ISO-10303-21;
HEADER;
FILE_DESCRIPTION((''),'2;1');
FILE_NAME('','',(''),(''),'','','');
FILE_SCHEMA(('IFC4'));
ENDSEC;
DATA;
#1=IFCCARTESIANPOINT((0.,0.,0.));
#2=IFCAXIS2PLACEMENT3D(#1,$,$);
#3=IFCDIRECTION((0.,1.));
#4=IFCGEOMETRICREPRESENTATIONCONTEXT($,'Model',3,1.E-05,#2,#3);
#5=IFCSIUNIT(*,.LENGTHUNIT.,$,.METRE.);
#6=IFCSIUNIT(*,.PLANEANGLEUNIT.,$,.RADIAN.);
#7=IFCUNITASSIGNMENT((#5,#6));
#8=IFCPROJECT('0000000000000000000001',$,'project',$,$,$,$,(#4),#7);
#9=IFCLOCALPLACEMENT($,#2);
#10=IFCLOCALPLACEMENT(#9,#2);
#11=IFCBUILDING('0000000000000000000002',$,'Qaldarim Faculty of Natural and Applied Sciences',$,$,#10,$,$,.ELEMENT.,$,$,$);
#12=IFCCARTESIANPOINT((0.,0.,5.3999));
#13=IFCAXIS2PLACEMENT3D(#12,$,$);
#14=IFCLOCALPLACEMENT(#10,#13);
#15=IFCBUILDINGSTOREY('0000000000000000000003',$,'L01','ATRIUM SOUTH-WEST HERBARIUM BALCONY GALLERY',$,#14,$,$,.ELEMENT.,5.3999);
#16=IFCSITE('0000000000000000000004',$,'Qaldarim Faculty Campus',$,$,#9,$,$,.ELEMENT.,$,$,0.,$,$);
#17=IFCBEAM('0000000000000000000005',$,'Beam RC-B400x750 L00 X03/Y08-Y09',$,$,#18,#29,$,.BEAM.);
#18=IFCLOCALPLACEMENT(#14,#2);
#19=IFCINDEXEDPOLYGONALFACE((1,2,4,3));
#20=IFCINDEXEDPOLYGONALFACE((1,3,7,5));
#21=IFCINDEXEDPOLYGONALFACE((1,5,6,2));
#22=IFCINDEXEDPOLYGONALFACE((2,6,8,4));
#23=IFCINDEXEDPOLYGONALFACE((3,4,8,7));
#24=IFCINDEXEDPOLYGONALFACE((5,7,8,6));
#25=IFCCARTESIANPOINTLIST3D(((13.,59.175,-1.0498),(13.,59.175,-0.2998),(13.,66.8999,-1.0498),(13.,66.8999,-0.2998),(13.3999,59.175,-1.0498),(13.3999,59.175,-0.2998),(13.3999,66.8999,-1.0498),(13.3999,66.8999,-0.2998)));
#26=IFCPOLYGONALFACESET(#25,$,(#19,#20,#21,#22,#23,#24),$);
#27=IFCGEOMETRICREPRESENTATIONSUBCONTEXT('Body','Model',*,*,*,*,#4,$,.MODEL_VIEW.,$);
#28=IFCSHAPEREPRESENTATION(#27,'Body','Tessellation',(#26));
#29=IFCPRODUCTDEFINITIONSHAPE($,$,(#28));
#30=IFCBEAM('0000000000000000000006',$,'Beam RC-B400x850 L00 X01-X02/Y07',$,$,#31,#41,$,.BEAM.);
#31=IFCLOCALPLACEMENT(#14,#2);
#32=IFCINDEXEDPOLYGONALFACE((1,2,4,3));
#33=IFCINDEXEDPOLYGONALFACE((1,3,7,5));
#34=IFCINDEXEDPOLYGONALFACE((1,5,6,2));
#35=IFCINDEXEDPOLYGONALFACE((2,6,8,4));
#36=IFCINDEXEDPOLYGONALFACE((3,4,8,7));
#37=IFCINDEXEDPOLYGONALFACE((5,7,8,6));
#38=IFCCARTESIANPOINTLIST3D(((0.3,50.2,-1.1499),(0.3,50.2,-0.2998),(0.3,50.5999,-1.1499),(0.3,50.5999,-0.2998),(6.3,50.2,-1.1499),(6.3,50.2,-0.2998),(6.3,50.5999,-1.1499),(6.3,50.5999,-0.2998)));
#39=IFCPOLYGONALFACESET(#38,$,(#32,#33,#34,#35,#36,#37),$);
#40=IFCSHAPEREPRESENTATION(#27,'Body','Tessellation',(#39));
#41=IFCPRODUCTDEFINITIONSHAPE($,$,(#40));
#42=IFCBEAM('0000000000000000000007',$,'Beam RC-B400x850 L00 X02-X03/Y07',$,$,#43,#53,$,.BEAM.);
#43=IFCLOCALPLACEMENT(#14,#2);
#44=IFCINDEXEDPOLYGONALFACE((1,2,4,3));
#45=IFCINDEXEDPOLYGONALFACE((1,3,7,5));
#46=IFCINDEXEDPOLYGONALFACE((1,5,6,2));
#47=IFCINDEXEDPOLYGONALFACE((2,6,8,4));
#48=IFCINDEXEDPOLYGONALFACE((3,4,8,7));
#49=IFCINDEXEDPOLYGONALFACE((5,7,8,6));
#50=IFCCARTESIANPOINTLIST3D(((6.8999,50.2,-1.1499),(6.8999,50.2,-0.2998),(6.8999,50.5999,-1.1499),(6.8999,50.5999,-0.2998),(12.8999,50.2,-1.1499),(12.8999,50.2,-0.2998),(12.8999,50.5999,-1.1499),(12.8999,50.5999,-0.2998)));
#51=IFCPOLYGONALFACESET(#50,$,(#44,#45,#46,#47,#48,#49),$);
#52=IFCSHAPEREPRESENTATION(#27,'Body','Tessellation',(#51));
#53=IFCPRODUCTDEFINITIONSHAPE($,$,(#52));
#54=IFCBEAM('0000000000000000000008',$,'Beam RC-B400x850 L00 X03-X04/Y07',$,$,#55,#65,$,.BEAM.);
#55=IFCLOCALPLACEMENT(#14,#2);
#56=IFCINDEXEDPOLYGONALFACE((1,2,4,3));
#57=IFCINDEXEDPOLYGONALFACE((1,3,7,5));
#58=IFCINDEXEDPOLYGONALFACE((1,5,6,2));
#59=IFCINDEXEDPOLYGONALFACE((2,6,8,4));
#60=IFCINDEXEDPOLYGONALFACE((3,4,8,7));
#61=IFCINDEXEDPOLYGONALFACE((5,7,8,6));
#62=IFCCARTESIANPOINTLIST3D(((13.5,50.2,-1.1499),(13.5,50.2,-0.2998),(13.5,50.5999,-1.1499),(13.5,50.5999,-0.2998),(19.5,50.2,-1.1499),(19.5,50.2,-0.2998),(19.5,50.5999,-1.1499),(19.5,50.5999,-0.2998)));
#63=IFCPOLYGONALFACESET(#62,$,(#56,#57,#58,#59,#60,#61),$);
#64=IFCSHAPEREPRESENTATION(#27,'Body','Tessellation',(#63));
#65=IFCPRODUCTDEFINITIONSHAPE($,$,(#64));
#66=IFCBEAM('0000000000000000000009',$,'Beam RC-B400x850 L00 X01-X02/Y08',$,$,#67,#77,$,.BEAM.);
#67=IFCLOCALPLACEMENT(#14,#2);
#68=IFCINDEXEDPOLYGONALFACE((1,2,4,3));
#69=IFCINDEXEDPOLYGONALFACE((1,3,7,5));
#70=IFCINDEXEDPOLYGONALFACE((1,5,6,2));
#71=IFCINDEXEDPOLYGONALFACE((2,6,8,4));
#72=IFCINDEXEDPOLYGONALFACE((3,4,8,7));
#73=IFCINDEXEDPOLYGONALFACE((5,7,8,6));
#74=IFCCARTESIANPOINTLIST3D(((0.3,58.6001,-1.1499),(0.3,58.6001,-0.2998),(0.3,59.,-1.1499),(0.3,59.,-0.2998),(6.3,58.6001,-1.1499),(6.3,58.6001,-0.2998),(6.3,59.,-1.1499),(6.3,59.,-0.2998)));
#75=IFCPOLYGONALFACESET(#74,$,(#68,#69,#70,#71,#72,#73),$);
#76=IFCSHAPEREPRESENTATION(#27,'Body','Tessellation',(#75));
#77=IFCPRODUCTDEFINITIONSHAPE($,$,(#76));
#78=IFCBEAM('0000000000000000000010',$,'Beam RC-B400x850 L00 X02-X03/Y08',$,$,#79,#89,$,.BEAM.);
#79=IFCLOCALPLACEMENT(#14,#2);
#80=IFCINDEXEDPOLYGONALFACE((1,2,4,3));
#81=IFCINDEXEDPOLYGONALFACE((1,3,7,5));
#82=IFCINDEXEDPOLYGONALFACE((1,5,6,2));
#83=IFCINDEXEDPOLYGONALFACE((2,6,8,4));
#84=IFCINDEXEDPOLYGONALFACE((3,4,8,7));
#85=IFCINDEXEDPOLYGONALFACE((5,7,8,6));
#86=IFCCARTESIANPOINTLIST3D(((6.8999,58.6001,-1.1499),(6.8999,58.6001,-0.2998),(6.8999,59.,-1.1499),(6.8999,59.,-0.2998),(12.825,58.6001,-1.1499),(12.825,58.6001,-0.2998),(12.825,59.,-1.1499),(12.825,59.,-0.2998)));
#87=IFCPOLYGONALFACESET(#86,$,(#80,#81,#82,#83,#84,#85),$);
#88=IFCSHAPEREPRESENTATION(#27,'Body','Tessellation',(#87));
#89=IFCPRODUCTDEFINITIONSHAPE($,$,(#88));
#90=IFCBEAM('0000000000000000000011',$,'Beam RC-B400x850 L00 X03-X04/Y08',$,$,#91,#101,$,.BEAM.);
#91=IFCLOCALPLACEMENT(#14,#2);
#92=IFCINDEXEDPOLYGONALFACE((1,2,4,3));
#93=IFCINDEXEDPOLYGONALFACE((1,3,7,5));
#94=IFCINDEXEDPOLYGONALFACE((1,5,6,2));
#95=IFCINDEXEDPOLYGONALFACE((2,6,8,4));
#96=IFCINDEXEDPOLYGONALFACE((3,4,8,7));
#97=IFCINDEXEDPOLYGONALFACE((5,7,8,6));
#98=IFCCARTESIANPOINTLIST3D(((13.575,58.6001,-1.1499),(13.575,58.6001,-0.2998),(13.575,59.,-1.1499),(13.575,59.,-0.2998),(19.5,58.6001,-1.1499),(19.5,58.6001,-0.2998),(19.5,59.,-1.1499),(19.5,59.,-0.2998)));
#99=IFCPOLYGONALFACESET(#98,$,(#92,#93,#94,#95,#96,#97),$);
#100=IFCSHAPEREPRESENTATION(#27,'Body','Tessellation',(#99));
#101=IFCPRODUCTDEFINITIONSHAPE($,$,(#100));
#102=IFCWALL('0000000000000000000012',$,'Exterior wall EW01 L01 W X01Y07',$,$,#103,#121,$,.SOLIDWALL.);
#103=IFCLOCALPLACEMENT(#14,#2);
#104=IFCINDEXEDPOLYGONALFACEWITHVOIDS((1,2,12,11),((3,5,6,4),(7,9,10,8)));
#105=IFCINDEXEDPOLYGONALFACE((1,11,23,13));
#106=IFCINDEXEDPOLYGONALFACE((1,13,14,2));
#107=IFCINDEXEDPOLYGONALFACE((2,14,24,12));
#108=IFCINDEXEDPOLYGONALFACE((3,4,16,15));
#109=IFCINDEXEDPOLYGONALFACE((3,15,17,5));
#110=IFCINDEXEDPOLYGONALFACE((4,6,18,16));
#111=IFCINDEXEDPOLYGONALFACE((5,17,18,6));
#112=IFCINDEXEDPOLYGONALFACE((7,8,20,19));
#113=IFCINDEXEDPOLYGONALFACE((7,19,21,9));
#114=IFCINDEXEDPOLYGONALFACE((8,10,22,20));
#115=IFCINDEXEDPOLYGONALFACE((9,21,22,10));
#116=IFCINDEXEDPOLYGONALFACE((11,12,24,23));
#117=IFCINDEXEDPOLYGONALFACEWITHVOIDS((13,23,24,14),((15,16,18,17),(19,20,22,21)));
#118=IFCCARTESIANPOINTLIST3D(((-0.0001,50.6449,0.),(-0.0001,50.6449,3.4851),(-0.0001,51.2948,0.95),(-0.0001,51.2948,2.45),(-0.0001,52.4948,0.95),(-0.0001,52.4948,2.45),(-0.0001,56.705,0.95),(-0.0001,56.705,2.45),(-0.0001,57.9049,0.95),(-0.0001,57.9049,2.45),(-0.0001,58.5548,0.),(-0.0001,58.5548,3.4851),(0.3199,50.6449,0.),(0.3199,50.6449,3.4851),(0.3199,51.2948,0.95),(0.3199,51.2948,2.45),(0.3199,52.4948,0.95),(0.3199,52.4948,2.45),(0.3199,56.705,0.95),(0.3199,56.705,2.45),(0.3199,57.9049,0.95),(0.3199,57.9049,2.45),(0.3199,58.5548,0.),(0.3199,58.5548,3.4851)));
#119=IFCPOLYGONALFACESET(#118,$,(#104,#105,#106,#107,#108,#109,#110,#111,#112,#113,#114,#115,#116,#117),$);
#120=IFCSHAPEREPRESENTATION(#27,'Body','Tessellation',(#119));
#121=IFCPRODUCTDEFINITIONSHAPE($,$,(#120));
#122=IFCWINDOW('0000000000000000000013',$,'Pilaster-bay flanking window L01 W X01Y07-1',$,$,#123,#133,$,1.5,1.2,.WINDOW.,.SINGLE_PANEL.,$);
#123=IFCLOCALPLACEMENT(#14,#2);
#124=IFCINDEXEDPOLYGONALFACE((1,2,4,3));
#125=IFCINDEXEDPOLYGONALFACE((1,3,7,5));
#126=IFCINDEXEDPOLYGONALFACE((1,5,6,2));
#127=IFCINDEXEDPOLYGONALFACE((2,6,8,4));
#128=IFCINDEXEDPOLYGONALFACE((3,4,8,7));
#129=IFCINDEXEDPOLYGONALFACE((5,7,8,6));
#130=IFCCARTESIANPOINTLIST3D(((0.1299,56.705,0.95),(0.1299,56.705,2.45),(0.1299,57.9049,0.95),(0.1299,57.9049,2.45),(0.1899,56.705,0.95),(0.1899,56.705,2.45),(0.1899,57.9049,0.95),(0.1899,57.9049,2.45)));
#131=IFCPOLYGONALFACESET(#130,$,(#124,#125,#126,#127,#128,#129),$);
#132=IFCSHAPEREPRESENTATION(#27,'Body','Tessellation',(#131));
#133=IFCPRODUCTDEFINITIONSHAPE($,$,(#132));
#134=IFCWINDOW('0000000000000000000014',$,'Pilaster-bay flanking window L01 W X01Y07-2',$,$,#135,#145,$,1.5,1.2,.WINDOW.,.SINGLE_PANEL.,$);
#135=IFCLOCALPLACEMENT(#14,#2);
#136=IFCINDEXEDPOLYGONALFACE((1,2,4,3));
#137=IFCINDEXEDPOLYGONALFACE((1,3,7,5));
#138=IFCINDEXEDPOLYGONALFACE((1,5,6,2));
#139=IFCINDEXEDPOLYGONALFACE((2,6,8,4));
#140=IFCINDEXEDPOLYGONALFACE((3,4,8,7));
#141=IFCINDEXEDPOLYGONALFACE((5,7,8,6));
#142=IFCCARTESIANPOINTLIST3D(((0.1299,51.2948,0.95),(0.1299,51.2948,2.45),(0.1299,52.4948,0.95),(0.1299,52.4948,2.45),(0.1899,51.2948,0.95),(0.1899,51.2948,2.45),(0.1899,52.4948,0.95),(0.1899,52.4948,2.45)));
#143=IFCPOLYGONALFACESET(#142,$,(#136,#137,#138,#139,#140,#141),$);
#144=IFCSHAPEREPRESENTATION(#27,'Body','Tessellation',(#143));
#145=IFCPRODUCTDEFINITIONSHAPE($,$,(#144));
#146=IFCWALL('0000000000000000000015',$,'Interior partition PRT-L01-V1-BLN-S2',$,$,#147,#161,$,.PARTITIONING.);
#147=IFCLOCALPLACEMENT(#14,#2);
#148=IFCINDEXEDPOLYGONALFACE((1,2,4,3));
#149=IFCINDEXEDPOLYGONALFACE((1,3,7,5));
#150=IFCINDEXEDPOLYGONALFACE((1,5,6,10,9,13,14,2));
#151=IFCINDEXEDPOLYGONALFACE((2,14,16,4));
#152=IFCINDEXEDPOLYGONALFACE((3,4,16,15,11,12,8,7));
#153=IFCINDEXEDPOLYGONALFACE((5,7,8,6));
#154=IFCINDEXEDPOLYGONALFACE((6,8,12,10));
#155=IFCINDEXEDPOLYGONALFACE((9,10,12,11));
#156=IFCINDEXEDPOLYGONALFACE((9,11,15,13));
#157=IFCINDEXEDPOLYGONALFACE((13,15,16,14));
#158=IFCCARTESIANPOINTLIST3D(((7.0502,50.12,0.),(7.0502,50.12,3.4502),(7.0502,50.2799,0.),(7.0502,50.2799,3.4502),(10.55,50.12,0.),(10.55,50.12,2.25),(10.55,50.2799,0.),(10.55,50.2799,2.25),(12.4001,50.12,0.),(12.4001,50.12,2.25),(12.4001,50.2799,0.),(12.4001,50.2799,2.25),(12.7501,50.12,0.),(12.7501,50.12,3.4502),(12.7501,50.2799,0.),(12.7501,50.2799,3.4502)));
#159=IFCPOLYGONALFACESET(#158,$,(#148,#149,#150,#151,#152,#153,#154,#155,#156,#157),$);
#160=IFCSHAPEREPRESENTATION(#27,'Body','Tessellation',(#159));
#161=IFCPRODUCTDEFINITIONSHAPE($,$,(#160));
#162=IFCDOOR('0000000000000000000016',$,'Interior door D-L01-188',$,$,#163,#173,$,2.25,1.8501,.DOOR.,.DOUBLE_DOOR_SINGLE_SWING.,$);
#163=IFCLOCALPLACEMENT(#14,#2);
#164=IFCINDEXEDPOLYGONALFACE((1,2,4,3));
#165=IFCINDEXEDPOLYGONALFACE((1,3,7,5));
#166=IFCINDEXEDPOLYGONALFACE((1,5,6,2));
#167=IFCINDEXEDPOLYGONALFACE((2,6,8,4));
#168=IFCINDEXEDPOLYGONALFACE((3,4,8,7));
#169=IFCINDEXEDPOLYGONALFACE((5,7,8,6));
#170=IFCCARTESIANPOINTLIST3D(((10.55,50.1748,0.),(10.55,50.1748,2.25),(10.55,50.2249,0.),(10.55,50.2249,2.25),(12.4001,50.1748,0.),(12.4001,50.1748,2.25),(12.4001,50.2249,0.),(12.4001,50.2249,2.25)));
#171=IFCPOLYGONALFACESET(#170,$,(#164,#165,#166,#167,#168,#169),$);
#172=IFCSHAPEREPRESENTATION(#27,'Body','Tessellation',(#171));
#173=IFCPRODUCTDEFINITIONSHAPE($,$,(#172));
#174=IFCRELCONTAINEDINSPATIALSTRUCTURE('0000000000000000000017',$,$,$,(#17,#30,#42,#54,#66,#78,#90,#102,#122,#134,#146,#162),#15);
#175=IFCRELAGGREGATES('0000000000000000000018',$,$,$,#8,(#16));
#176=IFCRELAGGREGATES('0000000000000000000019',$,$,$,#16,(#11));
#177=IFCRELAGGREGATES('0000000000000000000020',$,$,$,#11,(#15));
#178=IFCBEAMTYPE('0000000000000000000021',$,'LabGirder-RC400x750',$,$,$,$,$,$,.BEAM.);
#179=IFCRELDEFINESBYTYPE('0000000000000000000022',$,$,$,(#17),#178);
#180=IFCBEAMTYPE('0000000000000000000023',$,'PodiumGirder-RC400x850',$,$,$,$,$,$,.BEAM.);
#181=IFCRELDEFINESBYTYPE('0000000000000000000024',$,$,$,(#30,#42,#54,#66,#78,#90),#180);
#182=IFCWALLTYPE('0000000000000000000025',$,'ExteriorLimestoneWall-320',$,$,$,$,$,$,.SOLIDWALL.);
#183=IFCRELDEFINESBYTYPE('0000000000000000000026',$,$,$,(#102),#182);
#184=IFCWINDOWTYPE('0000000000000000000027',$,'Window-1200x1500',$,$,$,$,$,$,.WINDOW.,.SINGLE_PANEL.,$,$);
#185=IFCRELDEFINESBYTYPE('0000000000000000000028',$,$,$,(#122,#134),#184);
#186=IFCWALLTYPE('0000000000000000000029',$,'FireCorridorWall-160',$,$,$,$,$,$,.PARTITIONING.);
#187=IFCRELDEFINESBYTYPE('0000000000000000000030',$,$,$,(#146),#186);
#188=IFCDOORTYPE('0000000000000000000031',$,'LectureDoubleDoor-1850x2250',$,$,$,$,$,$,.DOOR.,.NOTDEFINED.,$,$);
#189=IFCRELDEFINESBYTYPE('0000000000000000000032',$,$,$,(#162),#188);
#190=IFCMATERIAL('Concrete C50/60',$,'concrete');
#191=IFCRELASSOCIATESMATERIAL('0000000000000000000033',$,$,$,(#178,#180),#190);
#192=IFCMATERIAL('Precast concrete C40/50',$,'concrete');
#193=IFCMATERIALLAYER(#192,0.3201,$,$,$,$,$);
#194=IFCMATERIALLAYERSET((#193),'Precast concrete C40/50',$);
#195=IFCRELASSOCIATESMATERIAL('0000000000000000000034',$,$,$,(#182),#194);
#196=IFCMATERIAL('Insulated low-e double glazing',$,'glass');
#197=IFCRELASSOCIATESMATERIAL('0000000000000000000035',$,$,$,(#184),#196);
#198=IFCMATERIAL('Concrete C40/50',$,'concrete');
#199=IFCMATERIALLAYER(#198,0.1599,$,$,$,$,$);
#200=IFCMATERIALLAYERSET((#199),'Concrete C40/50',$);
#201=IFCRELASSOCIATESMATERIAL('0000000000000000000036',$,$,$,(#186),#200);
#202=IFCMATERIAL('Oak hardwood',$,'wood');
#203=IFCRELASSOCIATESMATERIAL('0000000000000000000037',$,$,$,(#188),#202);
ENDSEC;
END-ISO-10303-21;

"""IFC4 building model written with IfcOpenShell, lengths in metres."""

from ifc_helpers import new_model, si_unit, direction, frame, frame_2d, origin, origin_2d, place, context, subcontext, project, spatial, rectangle, extrude, material, layer, layer_set, material_profile, profile_set, type_object, element, fill, save


model = new_model("IFC4")

# Units and contexts
model_context = context("Model", 3, precision=1e-05, world=origin(), true_north=direction((0.0, 1.0)))
body_context = subcontext(model_context, "Body", "Model", "MODEL_VIEW")
ifc_project = project(units=[si_unit("LENGTHUNIT", "METRE"), si_unit("PLANEANGLEUNIT", "RADIAN")], contexts=[model_context])

# Site, building, storey
site_placement = place(None, origin())
site = spatial("IfcSite", under=ifc_project, at=site_placement, Name="Qaldarim Faculty Campus", CompositionType="ELEMENT", RefElevation=0.0)
building_placement = place(site_placement, origin())
building = spatial("IfcBuilding", under=site, at=building_placement, Name="Qaldarim Faculty of Natural and Applied Sciences", CompositionType="ELEMENT")
storey_placement = place(building_placement, frame((0.0, 0.0, 5.3999)))
storey = spatial("IfcBuildingStorey", under=building, at=storey_placement, Name="L01", Description="ATRIUM SOUTH-WEST HERBARIUM BALCONY GALLERY", CompositionType="ELEMENT", Elevation=5.3999)

# Shared definitions
ifc_material_1 = material(Name="Concrete C50/60", Category="concrete")

# Beams
ifc_material_profile_1 = material_profile(ifc_material_1, rectangle(XDim=0.3999, YDim=0.75, at=origin_2d()), Name="RC-B400x750")
ifc_profile_set_1 = profile_set([ifc_material_profile_1], Name="Concrete C50/60")
beam_type_1 = type_object("IfcBeamType", Name="LabGirder-RC400x750", PredefinedType="BEAM", material=ifc_profile_set_1)
beam_1_placement = place(storey_placement, frame((13.2, 59.175, -0.6748), z_axis=(0.0, 1.0, 0.0), x_axis=(-1.0, 0.0, 0.0)))
element("IfcBeam", 1, at=beam_1_placement, inside=storey, type_object=beam_type_1, Name="Beam RC-B400x750 L00 X03/Y08-Y09", PredefinedType="BEAM", context=body_context, shape_type="SweptSolid", body=[
    extrude(rectangle(XDim=0.3999, YDim=0.75, at=origin_2d()), origin(), (0.0, 0.0, 1.0), 7.7249),
])
ifc_material_profile_2 = material_profile(ifc_material_1, rectangle(XDim=0.3999, YDim=0.8501, at=origin_2d()), Name="RC-B400x850")
ifc_profile_set_2 = profile_set([ifc_material_profile_2], Name="Concrete C50/60")
beam_type_2 = type_object("IfcBeamType", Name="PodiumGirder-RC400x850", PredefinedType="BEAM", material=ifc_profile_set_2)
for number, where, z_axis, x_axis, name in (
    (2, (0.3, 50.3999, -0.7249), (1.0, 0.0, 0.0), (0.0, 1.0, 0.0), "Beam RC-B400x850 L00 X01-X02/Y07"),
    (3, (6.8999, 50.3999, -0.7249), (1.0, 0.0, 0.0), (0.0, 1.0, 0.0), "Beam RC-B400x850 L00 X02-X03/Y07"),
    (4, (13.5, 50.3999, -0.7249), (1.0, 0.0, 0.0), (0.0, 1.0, 0.0), "Beam RC-B400x850 L00 X03-X04/Y07"),
    (5, (0.3, 58.8, -0.7249), (1.0, 0.0, 0.0), (0.0, 1.0, 0.0), "Beam RC-B400x850 L00 X01-X02/Y08"),
):
    element("IfcBeam", number, at=place(storey_placement, frame(where, z_axis=z_axis, x_axis=x_axis)), inside=storey, type_object=beam_type_2, Name=name, PredefinedType="BEAM", context=body_context, shape_type="SweptSolid", body=[
        extrude(rectangle(XDim=0.3999, YDim=0.8501, at=origin_2d()), origin(), (0.0, 0.0, 1.0), 6.0),
    ])
for number, where, z_axis, x_axis, name in (
    (6, (6.8999, 58.8, -0.7249), (1.0, 0.0, 0.0), (0.0, 1.0, 0.0), "Beam RC-B400x850 L00 X02-X03/Y08"),
    (7, (13.575, 58.8, -0.7249), (1.0, 0.0, 0.0), (0.0, 1.0, 0.0), "Beam RC-B400x850 L00 X03-X04/Y08"),
):
    element("IfcBeam", number, at=place(storey_placement, frame(where, z_axis=z_axis, x_axis=x_axis)), inside=storey, type_object=beam_type_2, Name=name, PredefinedType="BEAM", context=body_context, shape_type="SweptSolid", body=[
        extrude(rectangle(XDim=0.3999, YDim=0.8501, at=origin_2d()), origin(), (0.0, 0.0, 1.0), 5.925),
    ])

# Wall, openings, windows
ifc_material_2 = material(Name="Precast concrete C40/50", Category="concrete")
ifc_layer_1 = layer(ifc_material_2, 0.3201)
ifc_layer_set_1 = layer_set([ifc_layer_1], Name="Precast concrete C40/50")
wall_type_1 = type_object("IfcWallType", Name="ExteriorLimestoneWall-320", PredefinedType="SOLIDWALL", material=ifc_layer_set_1)
wall_1_placement = place(storey_placement, frame((0.1599, 58.5549, 0.0), z_axis=(0.0, 0.0, 1.0), x_axis=(0.0, -1.0, 0.0)))
wall_1 = element("IfcWall", 8, at=wall_1_placement, inside=storey, type_object=wall_type_1, Name="Exterior wall EW01 L01 W X01Y07", PredefinedType="SOLIDWALL", context=body_context, shape_type="SweptSolid", body=[
    extrude(rectangle(XDim=7.9099, YDim=0.3201, at=frame_2d((3.9551, 0.0))), origin(), (0.0, 0.0, 1.0), 3.4851),
])
opening_1_placement = place(wall_1_placement, frame((0.6499, 0.0, 0.95)))
opening_1 = element("IfcOpeningElement", 9, at=opening_1_placement, cuts=wall_1, PredefinedType="OPENING", context=body_context, shape_type="SweptSolid", body=[
    extrude(rectangle(XDim=1.2, YDim=1.5, at=frame_2d((0.6001, 0.75))), frame((0.0, 0.1699, 0.0), z_axis=(0.0, -1.0, 0.0), x_axis=(1.0, 0.0, 0.0)), (0.0, 0.0, 1.0), 0.3401),
])
opening_2_placement = place(wall_1_placement, frame((6.0601, 0.0, 0.95)))
opening_2 = element("IfcOpeningElement", 10, at=opening_2_placement, cuts=wall_1, PredefinedType="OPENING", context=body_context, shape_type="SweptSolid", body=[
    extrude(rectangle(XDim=1.2, YDim=1.5, at=frame_2d((0.6001, 0.75))), frame((0.0, 0.1699, 0.0), z_axis=(0.0, -1.0, 0.0), x_axis=(1.0, 0.0, 0.0)), (0.0, 0.0, 1.0), 0.3401),
])
ifc_material_3 = material(Name="Insulated low-e double glazing", Category="glass")
window_type = type_object("IfcWindowType", Name="Window-1200x1500", PartitioningType="SINGLE_PANEL", PredefinedType="WINDOW", material=ifc_material_3)
window_1_placement = place(opening_1_placement, origin())
window_1 = element("IfcWindow", 11, at=window_1_placement, inside=storey, type_object=window_type, Name="Pilaster-bay flanking window L01 W X01Y07-1", OverallHeight=1.5, OverallWidth=1.2, PartitioningType="SINGLE_PANEL", PredefinedType="WINDOW", context=body_context, shape_type="SweptSolid", body=[
    extrude(rectangle(XDim=1.2, YDim=1.5, at=frame_2d((0.6001, 0.75))), frame((0.0, 0.03, 0.0), z_axis=(0.0, -1.0, 0.0), x_axis=(1.0, 0.0, 0.0)), (0.0, 0.0, 1.0), 0.0601),
])
fill(opening_1, window_1)
window_2_placement = place(opening_2_placement, origin())
window_2 = element("IfcWindow", 12, at=window_2_placement, inside=storey, type_object=window_type, Name="Pilaster-bay flanking window L01 W X01Y07-2", OverallHeight=1.5, OverallWidth=1.2, PartitioningType="SINGLE_PANEL", PredefinedType="WINDOW", context=body_context, shape_type="SweptSolid", body=[
    extrude(rectangle(XDim=1.2, YDim=1.5, at=frame_2d((0.6001, 0.75))), frame((0.0, 0.03, 0.0), z_axis=(0.0, -1.0, 0.0), x_axis=(1.0, 0.0, 0.0)), (0.0, 0.0, 1.0), 0.0601),
])
fill(opening_2, window_2)

# Wall, opening, door
ifc_material_4 = material(Name="Concrete C40/50", Category="concrete")
ifc_layer_2 = layer(ifc_material_4, 0.1599)
ifc_layer_set_2 = layer_set([ifc_layer_2], Name="Concrete C40/50")
wall_type_2 = type_object("IfcWallType", Name="FireCorridorWall-160", PredefinedType="PARTITIONING", material=ifc_layer_set_2)
wall_2_placement = place(storey_placement, frame((7.05, 50.2, 0.0), z_axis=(0.0, 0.0, 1.0), x_axis=(1.0, 0.0, 0.0)))
wall_2 = element("IfcWall", 13, at=wall_2_placement, inside=storey, type_object=wall_type_2, Name="Interior partition PRT-L01-V1-BLN-S2", PredefinedType="PARTITIONING", context=body_context, shape_type="SweptSolid", body=[
    extrude(rectangle(XDim=5.7, YDim=0.1599, at=frame_2d((2.8501, 0.0))), origin(), (0.0, 0.0, 1.0), 3.4502),
])
opening_3_placement = place(wall_2_placement, frame((3.5, 0.0, 0.0)))
opening_3 = element("IfcOpeningElement", 14, at=opening_3_placement, cuts=wall_2, PredefinedType="OPENING", context=body_context, shape_type="SweptSolid", body=[
    extrude(rectangle(XDim=1.8501, YDim=2.25, at=frame_2d((0.925, 1.125))), frame((0.0, 0.0898, 0.0), z_axis=(0.0, -1.0, 0.0), x_axis=(1.0, 0.0, 0.0)), (0.0, 0.0, 1.0), 0.1799),
])
ifc_material_5 = material(Name="Oak hardwood", Category="wood")
door_type = type_object("IfcDoorType", Name="LectureDoubleDoor-1850x2250", OperationType="NOTDEFINED", PredefinedType="DOOR", material=ifc_material_5)
door_placement = place(opening_3_placement, origin())
door = element("IfcDoor", 15, at=door_placement, inside=storey, type_object=door_type, Name="Interior door D-L01-188", OperationType="DOUBLE_DOOR_SINGLE_SWING", OverallHeight=2.25, OverallWidth=1.8501, PredefinedType="DOOR", context=body_context, shape_type="SweptSolid", body=[
    extrude(rectangle(XDim=1.8501, YDim=2.25, at=frame_2d((0.925, 1.125))), frame((0.0, 0.0249, 0.0), z_axis=(0.0, -1.0, 0.0), x_axis=(1.0, 0.0, 0.0)), (0.0, 0.0, 1.0), 0.05),
])
fill(opening_3, door)

save(model, "model.ifc")
